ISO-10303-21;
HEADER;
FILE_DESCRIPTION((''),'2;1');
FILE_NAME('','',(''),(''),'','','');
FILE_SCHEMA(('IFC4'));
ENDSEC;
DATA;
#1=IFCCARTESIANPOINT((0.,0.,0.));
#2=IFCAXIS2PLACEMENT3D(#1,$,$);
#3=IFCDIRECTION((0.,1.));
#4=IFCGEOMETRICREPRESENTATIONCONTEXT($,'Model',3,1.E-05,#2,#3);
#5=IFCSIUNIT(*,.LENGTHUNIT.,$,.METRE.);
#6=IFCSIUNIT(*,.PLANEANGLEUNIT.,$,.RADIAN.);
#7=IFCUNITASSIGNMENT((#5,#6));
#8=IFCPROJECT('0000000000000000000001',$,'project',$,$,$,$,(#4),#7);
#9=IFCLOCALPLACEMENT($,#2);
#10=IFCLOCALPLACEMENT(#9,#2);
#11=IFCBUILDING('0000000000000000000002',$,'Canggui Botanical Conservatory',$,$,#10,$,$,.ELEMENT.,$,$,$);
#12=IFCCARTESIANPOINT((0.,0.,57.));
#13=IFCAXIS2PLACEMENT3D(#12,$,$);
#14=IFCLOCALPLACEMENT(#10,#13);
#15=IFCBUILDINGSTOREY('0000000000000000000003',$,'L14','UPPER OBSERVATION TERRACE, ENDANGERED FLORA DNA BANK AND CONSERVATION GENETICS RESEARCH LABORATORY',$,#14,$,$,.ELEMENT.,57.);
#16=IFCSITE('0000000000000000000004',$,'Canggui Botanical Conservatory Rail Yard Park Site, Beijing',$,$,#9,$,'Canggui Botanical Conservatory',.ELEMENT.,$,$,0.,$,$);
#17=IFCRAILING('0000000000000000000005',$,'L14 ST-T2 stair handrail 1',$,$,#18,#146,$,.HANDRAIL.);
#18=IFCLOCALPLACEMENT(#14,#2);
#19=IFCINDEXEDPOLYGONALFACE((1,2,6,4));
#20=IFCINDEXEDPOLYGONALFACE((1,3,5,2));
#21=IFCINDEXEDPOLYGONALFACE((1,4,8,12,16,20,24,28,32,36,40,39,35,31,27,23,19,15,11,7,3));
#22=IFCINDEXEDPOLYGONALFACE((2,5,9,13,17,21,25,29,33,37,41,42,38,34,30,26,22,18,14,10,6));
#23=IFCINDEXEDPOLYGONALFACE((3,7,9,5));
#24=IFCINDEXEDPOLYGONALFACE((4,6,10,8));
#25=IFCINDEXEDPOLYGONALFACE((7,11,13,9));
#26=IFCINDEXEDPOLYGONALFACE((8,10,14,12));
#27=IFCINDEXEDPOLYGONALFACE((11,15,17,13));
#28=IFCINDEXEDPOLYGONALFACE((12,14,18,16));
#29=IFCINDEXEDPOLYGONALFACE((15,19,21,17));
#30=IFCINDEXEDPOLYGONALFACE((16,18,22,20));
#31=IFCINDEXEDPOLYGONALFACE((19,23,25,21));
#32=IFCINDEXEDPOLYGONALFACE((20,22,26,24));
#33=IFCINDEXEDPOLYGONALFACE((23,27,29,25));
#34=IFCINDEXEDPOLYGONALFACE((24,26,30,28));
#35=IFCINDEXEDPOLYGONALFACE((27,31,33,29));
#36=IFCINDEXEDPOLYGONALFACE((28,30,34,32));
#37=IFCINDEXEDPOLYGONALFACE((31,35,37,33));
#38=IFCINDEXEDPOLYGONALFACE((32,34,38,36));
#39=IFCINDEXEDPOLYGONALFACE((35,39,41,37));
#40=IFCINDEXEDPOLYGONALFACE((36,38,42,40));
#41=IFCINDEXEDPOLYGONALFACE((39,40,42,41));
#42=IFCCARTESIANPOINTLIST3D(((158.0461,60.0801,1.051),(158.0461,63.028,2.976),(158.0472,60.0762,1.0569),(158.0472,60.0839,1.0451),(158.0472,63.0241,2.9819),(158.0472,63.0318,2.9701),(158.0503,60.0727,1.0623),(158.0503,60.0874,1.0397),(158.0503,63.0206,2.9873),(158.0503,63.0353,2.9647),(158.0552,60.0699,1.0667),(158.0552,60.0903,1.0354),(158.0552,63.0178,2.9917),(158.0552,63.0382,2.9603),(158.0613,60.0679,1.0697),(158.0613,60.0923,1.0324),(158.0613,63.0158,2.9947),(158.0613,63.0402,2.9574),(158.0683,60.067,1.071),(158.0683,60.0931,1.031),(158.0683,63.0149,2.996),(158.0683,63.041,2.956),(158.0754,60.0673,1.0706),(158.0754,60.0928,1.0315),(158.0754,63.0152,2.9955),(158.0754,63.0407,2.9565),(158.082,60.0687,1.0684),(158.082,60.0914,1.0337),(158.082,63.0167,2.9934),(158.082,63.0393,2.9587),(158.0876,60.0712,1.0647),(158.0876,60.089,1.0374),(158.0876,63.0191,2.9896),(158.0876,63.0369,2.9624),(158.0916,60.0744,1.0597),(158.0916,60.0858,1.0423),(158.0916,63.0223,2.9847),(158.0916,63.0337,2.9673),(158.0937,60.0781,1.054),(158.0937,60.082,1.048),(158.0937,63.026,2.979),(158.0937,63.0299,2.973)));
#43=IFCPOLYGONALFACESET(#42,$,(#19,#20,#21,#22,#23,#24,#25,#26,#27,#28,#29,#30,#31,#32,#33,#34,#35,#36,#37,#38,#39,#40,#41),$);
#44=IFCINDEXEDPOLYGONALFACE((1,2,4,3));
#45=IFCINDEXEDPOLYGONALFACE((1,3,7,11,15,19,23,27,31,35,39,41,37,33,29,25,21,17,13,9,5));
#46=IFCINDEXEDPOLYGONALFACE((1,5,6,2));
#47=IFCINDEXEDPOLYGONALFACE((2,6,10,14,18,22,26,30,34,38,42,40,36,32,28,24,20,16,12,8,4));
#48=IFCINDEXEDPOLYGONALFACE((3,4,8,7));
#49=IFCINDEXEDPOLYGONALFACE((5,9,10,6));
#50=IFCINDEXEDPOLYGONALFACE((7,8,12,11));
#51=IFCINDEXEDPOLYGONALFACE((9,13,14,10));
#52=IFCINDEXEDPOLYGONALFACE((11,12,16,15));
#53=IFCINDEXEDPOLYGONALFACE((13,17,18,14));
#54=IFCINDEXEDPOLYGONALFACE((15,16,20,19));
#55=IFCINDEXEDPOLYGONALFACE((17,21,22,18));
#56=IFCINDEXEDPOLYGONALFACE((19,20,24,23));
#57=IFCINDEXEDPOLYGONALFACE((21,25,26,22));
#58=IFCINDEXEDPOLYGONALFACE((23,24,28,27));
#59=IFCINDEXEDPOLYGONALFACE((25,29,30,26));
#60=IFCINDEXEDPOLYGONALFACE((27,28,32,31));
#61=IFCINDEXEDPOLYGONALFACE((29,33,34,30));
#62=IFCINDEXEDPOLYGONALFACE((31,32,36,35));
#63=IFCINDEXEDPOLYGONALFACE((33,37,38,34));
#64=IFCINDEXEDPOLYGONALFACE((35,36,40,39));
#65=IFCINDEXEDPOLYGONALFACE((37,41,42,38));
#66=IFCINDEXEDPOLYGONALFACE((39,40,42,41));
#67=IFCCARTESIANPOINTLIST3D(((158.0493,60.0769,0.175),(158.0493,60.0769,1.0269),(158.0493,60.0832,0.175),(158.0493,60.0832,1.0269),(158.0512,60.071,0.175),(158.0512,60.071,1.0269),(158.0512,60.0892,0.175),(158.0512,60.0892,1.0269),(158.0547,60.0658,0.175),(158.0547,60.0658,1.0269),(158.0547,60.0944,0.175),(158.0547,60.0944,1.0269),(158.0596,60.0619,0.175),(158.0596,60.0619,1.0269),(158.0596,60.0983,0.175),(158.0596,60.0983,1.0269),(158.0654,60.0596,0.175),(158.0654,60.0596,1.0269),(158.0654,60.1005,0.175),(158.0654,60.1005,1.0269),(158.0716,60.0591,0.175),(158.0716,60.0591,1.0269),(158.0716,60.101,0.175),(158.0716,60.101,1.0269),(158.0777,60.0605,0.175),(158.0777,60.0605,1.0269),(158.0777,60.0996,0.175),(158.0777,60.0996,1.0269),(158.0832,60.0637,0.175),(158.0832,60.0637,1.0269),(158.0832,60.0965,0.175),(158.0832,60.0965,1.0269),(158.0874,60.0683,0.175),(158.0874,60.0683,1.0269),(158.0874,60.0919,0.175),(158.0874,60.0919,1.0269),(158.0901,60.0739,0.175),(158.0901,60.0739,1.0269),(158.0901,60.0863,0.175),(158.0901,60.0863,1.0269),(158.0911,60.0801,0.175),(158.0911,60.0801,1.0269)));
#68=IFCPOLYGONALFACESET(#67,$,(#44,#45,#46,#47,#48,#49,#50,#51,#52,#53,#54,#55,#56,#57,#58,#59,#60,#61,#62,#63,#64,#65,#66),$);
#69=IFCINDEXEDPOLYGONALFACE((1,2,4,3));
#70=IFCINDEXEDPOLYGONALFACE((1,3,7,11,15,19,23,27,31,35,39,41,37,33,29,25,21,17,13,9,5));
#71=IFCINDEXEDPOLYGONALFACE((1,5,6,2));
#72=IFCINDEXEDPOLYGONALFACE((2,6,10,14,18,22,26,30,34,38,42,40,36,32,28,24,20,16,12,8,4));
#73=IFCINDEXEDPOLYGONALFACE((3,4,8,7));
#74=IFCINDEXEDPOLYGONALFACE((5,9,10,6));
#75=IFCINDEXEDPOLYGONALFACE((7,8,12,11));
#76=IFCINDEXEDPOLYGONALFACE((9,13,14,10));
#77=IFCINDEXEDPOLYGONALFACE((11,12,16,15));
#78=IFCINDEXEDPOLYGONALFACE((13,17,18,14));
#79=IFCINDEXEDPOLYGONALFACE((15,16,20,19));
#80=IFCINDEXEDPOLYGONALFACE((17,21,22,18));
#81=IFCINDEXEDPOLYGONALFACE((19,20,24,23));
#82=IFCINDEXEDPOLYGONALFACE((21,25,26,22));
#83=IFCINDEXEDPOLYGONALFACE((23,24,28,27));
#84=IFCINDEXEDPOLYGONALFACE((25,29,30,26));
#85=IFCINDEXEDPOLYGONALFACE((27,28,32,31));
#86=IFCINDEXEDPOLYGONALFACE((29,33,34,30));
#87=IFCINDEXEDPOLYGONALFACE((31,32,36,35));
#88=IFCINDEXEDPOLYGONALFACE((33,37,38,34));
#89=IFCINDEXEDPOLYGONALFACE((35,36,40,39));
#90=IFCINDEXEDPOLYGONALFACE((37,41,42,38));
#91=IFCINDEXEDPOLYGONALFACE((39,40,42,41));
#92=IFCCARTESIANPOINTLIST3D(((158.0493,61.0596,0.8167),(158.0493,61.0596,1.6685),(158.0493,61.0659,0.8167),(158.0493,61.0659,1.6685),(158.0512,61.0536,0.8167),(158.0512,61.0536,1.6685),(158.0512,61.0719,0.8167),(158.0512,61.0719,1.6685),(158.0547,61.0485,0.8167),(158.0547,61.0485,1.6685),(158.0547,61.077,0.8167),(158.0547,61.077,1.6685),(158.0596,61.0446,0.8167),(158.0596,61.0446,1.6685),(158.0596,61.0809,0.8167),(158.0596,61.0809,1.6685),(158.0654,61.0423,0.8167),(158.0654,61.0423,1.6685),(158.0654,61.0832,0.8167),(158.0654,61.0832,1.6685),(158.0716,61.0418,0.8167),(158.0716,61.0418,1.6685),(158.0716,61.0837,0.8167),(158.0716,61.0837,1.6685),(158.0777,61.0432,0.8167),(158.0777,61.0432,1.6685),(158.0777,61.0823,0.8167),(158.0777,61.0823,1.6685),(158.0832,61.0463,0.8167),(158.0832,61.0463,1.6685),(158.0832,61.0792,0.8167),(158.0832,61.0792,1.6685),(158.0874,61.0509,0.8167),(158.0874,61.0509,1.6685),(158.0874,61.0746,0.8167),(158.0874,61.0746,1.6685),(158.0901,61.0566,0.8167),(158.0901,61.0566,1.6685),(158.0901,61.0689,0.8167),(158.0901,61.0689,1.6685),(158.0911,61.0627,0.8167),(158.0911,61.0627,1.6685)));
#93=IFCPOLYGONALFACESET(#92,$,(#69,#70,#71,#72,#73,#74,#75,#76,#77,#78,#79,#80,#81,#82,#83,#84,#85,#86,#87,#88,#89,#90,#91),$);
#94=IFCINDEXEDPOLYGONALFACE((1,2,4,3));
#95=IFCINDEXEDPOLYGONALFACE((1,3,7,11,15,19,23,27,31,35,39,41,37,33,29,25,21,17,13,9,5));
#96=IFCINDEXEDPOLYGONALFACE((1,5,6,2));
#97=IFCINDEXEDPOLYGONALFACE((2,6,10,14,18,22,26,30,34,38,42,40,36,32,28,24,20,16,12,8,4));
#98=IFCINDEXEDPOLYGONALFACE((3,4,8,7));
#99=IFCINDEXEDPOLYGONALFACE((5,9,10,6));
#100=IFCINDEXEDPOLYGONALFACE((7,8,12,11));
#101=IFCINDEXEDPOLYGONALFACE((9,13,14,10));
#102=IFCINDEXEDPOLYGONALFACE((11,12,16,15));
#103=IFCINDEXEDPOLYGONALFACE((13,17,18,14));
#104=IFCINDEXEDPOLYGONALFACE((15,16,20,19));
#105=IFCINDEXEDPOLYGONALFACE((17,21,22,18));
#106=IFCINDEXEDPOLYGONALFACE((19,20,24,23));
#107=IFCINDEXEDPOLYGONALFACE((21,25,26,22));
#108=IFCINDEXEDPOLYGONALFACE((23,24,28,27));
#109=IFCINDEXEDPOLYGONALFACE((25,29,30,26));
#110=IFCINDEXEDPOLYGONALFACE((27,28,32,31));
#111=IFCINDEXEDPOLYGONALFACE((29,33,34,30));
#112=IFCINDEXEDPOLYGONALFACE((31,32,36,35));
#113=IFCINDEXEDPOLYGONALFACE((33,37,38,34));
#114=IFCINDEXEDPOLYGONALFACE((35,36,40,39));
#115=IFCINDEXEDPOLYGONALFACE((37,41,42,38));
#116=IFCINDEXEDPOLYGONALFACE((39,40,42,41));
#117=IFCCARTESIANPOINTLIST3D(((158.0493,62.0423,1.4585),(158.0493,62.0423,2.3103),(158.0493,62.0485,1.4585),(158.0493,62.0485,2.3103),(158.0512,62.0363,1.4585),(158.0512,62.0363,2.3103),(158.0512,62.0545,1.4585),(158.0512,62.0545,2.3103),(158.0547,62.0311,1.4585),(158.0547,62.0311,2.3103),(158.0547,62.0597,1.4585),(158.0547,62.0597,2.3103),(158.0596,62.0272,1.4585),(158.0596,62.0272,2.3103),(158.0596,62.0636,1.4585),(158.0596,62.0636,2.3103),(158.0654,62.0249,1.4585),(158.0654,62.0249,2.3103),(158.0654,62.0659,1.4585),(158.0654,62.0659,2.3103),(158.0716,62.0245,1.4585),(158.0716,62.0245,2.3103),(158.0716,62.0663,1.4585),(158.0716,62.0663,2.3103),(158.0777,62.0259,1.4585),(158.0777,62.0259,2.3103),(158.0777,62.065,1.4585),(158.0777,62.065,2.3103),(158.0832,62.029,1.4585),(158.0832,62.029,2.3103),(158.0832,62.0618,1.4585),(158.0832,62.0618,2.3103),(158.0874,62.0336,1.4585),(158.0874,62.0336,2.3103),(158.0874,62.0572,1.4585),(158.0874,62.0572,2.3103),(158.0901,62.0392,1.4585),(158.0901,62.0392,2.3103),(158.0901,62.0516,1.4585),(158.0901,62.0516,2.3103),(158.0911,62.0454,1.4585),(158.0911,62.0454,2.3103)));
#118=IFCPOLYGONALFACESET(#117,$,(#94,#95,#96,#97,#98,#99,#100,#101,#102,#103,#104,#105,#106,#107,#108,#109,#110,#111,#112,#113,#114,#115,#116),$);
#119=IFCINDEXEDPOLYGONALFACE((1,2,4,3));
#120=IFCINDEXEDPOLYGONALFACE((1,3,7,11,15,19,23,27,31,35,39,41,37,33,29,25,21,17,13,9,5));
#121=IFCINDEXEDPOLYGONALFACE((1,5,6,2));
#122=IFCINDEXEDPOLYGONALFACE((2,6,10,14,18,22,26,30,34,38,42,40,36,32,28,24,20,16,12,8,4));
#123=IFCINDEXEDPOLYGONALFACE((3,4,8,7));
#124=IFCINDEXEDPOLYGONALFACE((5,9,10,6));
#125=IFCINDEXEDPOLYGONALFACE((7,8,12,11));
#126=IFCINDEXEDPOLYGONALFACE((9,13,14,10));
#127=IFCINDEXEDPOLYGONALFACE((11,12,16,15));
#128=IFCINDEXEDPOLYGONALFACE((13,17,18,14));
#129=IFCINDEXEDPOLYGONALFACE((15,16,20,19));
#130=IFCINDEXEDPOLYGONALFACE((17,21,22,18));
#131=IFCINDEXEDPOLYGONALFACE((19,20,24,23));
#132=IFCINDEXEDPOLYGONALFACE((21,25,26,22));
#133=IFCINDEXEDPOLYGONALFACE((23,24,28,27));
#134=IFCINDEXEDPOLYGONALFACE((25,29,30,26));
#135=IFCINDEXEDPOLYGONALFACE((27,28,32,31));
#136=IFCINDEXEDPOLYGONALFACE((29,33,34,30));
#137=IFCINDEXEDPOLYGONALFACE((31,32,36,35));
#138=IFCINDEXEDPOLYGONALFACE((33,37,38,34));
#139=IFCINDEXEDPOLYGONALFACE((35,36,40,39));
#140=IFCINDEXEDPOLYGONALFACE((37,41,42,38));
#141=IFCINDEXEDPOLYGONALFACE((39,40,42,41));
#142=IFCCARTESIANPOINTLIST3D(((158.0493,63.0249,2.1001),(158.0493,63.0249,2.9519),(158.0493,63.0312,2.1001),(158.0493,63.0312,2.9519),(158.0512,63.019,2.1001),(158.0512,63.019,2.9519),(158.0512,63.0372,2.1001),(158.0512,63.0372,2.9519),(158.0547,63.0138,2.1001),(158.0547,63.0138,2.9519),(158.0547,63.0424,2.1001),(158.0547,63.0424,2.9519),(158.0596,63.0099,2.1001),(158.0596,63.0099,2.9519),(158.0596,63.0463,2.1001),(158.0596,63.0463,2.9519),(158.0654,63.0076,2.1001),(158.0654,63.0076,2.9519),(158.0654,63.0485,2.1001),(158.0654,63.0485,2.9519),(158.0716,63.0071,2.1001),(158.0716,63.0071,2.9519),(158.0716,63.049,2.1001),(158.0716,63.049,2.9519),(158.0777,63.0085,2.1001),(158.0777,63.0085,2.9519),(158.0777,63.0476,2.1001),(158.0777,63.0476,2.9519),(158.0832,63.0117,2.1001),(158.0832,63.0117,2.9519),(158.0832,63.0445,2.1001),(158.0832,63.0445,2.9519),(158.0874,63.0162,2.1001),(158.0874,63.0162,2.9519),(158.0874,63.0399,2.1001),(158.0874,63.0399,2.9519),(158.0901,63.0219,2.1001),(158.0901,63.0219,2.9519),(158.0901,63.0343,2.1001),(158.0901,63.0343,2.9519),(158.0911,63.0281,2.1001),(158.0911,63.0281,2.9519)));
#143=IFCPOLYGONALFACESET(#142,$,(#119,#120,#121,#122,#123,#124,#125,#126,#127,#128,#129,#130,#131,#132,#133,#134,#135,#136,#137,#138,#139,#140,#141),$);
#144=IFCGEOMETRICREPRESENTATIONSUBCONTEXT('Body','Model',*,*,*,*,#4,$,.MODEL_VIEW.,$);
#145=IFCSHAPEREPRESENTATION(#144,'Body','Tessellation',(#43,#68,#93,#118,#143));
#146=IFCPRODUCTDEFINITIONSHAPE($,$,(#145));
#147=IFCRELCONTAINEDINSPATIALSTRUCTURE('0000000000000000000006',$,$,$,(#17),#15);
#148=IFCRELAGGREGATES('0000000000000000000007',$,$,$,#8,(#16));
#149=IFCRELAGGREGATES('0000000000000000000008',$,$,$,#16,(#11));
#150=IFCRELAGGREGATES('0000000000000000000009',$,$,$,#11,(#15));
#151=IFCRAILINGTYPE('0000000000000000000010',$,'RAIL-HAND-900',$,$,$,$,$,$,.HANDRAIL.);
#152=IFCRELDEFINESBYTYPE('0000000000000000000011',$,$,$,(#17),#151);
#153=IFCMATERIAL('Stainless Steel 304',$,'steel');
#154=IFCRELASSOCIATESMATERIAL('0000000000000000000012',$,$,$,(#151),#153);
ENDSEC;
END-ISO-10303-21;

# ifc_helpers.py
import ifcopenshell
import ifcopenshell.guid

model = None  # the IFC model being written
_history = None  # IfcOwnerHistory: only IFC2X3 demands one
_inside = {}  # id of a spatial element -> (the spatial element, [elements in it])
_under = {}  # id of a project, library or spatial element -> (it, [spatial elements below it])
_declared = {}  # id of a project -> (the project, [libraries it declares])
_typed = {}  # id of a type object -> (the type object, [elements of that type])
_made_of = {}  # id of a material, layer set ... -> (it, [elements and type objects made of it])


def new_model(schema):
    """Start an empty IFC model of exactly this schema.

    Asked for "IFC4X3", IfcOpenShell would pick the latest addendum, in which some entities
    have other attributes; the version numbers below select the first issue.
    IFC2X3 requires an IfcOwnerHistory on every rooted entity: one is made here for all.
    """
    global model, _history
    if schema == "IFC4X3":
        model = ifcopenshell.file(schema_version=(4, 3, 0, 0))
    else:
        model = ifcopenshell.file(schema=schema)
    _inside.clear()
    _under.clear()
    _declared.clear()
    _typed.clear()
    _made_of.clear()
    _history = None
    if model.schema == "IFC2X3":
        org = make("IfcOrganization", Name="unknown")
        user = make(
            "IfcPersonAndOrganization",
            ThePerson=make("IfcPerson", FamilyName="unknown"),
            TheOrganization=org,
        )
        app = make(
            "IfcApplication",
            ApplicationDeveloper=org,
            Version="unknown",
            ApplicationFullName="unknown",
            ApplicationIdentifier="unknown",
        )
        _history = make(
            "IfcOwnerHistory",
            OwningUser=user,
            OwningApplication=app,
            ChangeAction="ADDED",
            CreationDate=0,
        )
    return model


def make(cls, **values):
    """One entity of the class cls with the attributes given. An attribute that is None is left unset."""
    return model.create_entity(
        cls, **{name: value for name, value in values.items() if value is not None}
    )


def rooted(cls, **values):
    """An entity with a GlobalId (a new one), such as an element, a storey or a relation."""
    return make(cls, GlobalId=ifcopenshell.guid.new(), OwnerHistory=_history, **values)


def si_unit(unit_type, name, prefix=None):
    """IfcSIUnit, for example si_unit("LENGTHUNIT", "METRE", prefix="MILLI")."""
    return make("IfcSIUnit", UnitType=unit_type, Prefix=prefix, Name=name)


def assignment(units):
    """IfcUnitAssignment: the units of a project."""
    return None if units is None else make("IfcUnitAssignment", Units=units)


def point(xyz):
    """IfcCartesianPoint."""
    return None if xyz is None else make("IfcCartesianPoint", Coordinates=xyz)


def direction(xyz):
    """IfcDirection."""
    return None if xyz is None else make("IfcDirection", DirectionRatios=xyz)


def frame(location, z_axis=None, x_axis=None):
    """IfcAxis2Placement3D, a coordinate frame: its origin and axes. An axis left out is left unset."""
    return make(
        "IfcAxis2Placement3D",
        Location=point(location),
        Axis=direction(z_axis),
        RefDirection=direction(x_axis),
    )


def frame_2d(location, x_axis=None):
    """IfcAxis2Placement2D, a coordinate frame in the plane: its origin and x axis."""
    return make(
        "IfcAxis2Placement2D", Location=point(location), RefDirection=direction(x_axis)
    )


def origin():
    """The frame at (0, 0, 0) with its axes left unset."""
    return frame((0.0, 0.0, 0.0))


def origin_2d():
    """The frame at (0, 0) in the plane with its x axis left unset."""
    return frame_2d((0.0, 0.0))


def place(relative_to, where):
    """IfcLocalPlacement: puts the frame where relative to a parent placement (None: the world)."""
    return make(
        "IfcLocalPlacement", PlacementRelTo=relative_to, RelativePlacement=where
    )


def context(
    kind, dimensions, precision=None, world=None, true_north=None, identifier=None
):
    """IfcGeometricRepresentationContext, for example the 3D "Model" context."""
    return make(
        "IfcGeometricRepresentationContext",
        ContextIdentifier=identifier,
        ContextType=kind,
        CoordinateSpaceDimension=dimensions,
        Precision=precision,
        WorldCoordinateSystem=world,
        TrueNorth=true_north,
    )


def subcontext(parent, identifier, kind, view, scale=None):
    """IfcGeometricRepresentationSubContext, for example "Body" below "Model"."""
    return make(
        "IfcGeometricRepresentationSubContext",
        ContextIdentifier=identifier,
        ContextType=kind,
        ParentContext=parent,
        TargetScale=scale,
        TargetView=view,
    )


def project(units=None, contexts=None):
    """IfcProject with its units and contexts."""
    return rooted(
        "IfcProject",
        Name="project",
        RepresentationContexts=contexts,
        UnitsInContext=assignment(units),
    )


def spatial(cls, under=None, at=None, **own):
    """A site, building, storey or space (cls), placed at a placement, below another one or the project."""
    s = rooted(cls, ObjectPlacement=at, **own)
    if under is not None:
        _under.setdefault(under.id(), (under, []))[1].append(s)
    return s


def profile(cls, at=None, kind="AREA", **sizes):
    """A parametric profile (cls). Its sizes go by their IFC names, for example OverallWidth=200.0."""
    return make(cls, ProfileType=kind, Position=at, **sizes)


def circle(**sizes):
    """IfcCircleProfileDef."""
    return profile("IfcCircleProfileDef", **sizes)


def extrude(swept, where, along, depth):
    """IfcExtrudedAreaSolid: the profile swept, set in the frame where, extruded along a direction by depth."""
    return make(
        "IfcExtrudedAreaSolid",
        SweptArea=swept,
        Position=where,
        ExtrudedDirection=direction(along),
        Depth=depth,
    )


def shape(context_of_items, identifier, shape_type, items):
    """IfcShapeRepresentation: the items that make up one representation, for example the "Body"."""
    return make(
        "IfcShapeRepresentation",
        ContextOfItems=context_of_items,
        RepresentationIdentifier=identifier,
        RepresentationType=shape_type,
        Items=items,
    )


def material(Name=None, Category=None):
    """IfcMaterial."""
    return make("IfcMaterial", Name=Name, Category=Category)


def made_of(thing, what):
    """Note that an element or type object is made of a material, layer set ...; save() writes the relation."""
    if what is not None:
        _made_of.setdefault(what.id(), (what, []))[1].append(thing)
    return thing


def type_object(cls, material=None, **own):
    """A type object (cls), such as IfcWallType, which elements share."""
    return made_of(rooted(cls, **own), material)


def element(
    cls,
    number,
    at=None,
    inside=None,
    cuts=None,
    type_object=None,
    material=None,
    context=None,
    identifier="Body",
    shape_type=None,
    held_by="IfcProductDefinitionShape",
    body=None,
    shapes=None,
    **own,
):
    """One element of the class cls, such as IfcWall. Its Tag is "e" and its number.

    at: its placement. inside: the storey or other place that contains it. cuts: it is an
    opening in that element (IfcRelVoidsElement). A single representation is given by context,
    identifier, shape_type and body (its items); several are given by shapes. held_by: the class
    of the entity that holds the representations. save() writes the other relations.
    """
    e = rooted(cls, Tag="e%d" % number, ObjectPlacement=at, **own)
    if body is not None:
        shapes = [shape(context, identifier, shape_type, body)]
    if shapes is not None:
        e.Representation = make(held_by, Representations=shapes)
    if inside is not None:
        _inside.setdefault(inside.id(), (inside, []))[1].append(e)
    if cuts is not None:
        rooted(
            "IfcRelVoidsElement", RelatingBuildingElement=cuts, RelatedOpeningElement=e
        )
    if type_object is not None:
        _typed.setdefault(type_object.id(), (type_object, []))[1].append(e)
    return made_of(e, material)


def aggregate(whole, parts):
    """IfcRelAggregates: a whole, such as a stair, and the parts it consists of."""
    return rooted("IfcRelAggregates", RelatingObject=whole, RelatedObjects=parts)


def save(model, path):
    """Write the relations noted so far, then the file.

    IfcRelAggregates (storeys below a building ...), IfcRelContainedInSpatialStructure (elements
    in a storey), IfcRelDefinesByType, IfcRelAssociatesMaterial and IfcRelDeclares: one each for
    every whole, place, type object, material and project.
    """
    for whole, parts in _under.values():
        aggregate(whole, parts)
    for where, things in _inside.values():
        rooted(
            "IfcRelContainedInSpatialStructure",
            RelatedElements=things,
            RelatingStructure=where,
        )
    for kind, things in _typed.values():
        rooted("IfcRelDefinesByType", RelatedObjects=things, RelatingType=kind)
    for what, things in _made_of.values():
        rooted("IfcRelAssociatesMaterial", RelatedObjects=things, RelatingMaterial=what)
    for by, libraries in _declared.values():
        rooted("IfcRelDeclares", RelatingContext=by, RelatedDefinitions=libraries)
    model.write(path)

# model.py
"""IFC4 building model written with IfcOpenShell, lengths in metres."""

from ifc_helpers import new_model, si_unit, direction, frame, origin, origin_2d, place, context, subcontext, project, spatial, circle, extrude, material, type_object, element, save


model = new_model("IFC4")

# Units and contexts
model_context = context("Model", 3, precision=1e-05, world=origin(), true_north=direction((0.0, 1.0)))
body_context = subcontext(model_context, "Body", "Model", "MODEL_VIEW")
ifc_project = project(units=[si_unit("LENGTHUNIT", "METRE"), si_unit("PLANEANGLEUNIT", "RADIAN")], contexts=[model_context])

# Site, building, storey
site_placement = place(None, origin())
site = spatial("IfcSite", under=ifc_project, at=site_placement, Name="Canggui Botanical Conservatory Rail Yard Park Site, Beijing", LongName="Canggui Botanical Conservatory", CompositionType="ELEMENT", RefElevation=0.0)
building_placement = place(site_placement, origin())
building = spatial("IfcBuilding", under=site, at=building_placement, Name="Canggui Botanical Conservatory", CompositionType="ELEMENT")
storey_placement = place(building_placement, frame((0.0, 0.0, 57.0)))
storey = spatial("IfcBuildingStorey", under=building, at=storey_placement, Name="L14", Description="UPPER OBSERVATION TERRACE, ENDANGERED FLORA DNA BANK AND CONSERVATION GENETICS RESEARCH LABORATORY", CompositionType="ELEMENT", Elevation=57.0)

# Shared definitions
ifc_material_1 = material(Name="Stainless Steel 304", Category="steel")

# Railing
railing_type_1 = type_object("IfcRailingType", Name="RAIL-HAND-900", PredefinedType="HANDRAIL", material=ifc_material_1)
railing_1_placement = place(storey_placement, frame((158.0701, 60.0801, 0.175)))
element("IfcRailing", 1, at=railing_1_placement, inside=storey, type_object=railing_type_1, Name="L14 ST-T2 stair handrail 1", PredefinedType="HANDRAIL", context=body_context, shape_type="SweptSolid", body=[
    extrude(circle(Radius=0.0239, at=origin_2d()), frame((0.0, 0.0, 0.876), z_axis=(0.0, 0.837293, 0.546754), x_axis=(-1.0, 0.0, 0.0)), (0.0, 0.0, 1.0), 3.5208),
    extrude(circle(Radius=0.021, at=origin_2d()), origin(), (0.0, 0.0, 1.0), 0.8518),
    extrude(circle(Radius=0.021, at=origin_2d()), frame((0.0, 0.9827, 0.6416)), (0.0, 0.0, 1.0), 0.8518),
    extrude(circle(Radius=0.021, at=origin_2d()), frame((0.0, 1.9653, 1.2834)), (0.0, 0.0, 1.0), 0.8518),
    extrude(circle(Radius=0.021, at=origin_2d()), frame((0.0, 2.948, 1.925)), (0.0, 0.0, 1.0), 0.8518),
])

save(model, "model.ifc")
